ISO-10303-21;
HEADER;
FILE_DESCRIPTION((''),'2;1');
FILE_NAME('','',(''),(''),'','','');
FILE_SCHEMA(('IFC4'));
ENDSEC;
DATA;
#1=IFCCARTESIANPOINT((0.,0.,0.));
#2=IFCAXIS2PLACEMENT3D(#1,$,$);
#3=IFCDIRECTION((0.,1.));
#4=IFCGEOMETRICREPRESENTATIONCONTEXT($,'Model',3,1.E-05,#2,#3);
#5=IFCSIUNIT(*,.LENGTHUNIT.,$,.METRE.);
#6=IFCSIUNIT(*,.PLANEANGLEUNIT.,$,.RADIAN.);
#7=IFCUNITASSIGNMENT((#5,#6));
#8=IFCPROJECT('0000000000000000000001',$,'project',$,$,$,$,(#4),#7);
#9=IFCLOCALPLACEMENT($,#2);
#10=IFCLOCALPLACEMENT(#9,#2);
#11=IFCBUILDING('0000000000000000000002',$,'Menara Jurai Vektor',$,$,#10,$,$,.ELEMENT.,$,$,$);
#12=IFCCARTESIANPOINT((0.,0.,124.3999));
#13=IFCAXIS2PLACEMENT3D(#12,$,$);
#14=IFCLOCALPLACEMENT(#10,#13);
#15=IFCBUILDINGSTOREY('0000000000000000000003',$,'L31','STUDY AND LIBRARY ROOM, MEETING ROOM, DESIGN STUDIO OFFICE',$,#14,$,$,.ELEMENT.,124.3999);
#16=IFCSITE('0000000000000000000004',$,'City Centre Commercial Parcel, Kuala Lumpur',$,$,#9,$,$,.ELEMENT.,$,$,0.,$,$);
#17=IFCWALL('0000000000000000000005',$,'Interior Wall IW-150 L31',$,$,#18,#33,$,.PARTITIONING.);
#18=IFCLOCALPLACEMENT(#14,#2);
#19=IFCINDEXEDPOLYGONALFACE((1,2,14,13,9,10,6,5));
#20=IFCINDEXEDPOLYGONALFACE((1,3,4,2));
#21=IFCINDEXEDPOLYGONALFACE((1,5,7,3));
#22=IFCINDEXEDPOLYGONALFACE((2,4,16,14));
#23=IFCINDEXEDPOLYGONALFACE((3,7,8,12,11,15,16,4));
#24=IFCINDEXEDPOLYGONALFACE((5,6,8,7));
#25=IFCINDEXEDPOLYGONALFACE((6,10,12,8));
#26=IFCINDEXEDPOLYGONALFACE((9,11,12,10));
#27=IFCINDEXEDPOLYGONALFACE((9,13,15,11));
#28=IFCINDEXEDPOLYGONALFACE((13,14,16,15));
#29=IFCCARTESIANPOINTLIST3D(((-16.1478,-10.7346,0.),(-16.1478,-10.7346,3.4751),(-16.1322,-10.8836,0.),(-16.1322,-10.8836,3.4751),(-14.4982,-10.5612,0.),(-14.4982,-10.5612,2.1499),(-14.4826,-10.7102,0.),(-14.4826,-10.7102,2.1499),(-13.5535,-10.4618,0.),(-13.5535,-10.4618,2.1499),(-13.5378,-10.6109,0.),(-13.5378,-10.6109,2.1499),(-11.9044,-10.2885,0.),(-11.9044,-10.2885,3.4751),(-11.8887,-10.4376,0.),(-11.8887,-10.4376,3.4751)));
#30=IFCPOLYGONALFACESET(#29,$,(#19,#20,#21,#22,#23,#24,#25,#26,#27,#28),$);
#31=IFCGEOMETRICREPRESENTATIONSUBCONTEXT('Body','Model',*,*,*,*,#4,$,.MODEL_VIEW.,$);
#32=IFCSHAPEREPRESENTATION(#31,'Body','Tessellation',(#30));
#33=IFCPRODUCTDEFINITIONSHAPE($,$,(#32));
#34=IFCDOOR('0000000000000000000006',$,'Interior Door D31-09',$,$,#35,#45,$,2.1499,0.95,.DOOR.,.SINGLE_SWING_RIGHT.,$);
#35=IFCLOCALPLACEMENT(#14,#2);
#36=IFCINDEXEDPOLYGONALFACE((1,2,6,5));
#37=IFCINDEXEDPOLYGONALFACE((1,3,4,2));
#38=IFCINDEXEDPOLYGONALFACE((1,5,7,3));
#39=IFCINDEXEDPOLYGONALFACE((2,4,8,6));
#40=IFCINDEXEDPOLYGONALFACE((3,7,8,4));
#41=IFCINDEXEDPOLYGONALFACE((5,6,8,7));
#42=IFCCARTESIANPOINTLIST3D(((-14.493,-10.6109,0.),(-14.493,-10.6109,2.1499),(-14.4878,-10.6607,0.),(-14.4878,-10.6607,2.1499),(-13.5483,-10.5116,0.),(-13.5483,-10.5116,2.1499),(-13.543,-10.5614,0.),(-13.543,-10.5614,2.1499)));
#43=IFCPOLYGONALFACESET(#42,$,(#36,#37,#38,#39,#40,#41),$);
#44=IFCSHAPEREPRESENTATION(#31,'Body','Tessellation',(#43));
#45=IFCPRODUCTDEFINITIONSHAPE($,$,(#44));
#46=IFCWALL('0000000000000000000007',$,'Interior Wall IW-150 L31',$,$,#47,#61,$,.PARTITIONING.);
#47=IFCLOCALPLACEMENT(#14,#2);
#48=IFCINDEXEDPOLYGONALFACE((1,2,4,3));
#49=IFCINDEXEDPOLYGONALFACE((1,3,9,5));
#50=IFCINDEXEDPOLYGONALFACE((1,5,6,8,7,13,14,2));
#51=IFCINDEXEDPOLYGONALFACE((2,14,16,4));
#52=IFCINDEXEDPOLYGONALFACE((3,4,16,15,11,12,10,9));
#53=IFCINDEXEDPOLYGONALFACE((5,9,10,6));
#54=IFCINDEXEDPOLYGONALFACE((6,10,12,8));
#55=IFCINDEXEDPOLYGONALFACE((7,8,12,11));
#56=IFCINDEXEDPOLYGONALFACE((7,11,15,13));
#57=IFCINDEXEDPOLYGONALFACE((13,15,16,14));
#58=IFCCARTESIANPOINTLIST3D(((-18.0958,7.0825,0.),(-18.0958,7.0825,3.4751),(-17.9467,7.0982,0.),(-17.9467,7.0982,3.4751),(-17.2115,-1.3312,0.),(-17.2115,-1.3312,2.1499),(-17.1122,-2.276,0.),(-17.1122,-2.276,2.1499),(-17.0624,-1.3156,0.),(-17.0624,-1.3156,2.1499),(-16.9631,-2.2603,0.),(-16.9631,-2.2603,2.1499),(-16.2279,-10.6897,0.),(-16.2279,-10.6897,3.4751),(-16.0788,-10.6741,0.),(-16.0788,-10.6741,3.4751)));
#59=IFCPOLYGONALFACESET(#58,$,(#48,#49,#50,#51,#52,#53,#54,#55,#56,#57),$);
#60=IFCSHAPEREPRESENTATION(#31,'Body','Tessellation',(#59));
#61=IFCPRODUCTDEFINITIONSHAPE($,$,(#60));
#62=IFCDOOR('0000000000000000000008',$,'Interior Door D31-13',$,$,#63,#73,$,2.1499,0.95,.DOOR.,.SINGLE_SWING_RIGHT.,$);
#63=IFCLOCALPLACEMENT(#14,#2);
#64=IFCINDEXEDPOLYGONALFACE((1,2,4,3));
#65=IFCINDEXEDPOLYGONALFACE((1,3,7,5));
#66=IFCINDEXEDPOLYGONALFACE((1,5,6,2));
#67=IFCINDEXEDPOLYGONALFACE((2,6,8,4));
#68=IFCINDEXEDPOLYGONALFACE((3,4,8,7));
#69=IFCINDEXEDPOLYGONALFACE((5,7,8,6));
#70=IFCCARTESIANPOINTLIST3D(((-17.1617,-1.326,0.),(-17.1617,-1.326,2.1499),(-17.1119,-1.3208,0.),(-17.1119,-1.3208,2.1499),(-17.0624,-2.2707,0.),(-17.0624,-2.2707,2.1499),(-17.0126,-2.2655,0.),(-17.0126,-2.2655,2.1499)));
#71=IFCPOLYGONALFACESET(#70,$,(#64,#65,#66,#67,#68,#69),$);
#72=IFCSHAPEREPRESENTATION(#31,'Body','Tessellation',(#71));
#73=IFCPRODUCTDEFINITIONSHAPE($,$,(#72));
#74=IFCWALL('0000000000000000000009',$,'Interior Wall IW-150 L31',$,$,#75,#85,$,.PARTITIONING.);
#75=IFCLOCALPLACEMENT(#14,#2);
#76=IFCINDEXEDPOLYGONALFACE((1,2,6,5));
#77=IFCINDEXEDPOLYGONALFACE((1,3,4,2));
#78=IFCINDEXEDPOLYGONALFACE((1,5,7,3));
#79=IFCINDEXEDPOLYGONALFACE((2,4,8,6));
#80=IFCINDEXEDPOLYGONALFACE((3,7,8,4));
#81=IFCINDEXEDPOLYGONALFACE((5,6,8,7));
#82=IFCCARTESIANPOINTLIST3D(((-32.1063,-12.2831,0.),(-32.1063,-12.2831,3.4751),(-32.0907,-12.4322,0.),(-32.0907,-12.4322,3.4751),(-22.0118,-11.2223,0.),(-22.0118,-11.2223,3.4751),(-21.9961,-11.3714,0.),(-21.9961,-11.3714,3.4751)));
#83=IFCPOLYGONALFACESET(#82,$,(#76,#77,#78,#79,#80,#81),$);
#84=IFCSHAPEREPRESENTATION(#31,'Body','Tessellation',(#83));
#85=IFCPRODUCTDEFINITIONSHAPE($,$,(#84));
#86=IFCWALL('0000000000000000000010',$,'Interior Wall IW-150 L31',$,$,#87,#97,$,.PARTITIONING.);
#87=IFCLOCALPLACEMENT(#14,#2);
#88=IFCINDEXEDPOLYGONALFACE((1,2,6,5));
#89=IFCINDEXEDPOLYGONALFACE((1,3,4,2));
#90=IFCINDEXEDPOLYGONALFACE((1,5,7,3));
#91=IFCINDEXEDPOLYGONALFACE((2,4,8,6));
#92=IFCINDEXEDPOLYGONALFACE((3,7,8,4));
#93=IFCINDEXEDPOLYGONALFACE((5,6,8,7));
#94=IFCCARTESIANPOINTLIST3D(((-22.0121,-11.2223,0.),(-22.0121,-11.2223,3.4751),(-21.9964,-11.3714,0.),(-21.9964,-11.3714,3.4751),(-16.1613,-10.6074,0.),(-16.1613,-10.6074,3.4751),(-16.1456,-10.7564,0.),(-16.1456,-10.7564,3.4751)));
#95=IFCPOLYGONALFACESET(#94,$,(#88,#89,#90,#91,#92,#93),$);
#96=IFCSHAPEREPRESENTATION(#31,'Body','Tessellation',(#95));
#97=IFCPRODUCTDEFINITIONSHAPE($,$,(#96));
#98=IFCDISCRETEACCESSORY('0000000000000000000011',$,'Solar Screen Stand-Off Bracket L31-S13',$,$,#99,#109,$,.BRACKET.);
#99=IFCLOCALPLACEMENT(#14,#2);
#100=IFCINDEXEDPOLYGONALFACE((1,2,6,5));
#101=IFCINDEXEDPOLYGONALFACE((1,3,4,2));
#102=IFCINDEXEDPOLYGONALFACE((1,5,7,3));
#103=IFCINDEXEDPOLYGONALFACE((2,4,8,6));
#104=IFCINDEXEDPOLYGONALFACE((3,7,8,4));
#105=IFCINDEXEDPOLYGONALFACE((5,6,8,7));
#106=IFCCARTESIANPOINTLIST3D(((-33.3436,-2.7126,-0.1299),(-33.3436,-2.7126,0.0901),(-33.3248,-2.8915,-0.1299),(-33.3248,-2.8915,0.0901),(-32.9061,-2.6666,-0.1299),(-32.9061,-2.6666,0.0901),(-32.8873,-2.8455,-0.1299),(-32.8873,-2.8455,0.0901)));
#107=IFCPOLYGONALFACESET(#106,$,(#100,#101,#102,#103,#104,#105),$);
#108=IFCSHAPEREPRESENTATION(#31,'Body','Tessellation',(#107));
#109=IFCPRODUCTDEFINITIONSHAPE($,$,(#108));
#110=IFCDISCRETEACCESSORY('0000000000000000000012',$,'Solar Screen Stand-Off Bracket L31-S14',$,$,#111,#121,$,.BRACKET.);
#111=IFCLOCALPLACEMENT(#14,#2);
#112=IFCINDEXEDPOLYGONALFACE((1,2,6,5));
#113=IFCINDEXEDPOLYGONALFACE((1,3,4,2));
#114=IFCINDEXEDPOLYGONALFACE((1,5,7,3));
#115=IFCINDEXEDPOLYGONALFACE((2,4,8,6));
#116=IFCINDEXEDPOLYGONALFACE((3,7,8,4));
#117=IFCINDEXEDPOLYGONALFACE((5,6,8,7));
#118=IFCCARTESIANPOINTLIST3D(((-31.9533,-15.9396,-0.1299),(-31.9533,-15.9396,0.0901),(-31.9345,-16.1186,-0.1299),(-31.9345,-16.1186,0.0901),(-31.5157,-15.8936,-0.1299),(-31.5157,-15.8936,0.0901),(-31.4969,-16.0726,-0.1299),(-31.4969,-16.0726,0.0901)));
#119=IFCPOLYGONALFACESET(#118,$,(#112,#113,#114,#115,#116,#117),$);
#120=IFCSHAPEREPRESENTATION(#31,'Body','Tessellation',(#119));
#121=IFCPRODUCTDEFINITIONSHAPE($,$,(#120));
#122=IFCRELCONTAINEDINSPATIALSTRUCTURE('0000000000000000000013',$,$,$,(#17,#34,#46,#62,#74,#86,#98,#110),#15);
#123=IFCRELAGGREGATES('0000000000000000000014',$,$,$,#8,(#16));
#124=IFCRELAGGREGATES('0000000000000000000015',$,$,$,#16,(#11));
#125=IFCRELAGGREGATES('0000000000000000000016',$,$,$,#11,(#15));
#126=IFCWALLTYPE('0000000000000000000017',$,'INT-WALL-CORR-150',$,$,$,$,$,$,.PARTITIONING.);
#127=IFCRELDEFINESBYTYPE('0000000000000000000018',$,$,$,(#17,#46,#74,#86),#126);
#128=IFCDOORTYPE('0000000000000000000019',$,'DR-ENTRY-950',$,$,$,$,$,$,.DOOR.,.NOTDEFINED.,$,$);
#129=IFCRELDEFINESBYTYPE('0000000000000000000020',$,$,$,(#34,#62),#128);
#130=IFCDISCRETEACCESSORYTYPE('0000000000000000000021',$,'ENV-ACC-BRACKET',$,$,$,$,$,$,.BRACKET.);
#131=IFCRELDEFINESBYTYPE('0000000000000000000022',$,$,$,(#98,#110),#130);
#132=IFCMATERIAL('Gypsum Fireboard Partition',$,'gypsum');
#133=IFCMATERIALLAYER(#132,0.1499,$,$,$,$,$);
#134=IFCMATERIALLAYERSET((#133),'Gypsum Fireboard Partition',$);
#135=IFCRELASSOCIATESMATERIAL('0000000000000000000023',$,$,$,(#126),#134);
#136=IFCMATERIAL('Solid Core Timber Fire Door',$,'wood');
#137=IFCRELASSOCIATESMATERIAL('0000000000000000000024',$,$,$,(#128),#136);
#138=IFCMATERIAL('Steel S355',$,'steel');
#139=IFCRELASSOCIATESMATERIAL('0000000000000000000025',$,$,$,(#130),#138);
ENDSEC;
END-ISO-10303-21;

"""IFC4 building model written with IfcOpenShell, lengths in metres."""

from ifc_helpers import new_model, si_unit, direction, frame, frame_2d, origin, origin_2d, place, context, subcontext, project, spatial, rectangle, extrude, material, layer, layer_set, type_object, element, fill, save


model = new_model("IFC4")

# Units and contexts
model_context = context("Model", 3, precision=1e-05, world=origin(), true_north=direction((0.0, 1.0)))
body_context = subcontext(model_context, "Body", "Model", "MODEL_VIEW")
ifc_project = project(units=[si_unit("LENGTHUNIT", "METRE"), si_unit("PLANEANGLEUNIT", "RADIAN")], contexts=[model_context])

# Site, building, storey
site_placement = place(None, origin())
site = spatial("IfcSite", under=ifc_project, at=site_placement, Name="City Centre Commercial Parcel, Kuala Lumpur", CompositionType="ELEMENT", RefElevation=0.0)
building_placement = place(site_placement, origin())
building = spatial("IfcBuilding", under=site, at=building_placement, Name="Menara Jurai Vektor", CompositionType="ELEMENT")
storey_placement = place(building_placement, frame((0.0, 0.0, 124.3999)))
storey = spatial("IfcBuildingStorey", under=building, at=storey_placement, Name="L31", Description="STUDY AND LIBRARY ROOM, MEETING ROOM, DESIGN STUDIO OFFICE", CompositionType="ELEMENT", Elevation=124.3999)

# Shared definitions
ifc_material_1 = material(Name="Steel S355", Category="steel")

# Walls, openings, doors
ifc_material_2 = material(Name="Gypsum Fireboard Partition", Category="gypsum")
ifc_layer_1 = layer(ifc_material_2, 0.1499)
ifc_layer_set_1 = layer_set([ifc_layer_1], Name="Gypsum Fireboard Partition")
wall_type = type_object("IfcWallType", Name="INT-WALL-CORR-150", PredefinedType="PARTITIONING", material=ifc_layer_set_1)
wall_1_placement = place(storey_placement, frame((-16.1399, -10.8091, 0.0), z_axis=(0.0, 0.0, 1.0), x_axis=(0.994521, 0.104539, 0.0)))
wall_1 = element("IfcWall", 1, at=wall_1_placement, inside=storey, type_object=wall_type, Name="Interior Wall IW-150 L31", PredefinedType="PARTITIONING", context=body_context, shape_type="SweptSolid", body=[
    extrude(rectangle(XDim=4.2668, YDim=0.1499, at=frame_2d((2.1333, 0.0))), origin(), (0.0, 0.0, 1.0), 3.4751),
])
opening_1_placement = place(wall_1_placement, frame((1.6584, 0.0, 0.0)))
opening_1 = element("IfcOpeningElement", 2, at=opening_1_placement, cuts=wall_1, PredefinedType="OPENING", context=body_context, shape_type="SweptSolid", body=[
    extrude(rectangle(XDim=0.95, YDim=2.1499, at=frame_2d((0.4751, 1.075))), frame((0.0, 0.085, 0.0), z_axis=(0.0, -1.0, 0.0), x_axis=(1.0, 0.0, 0.0)), (0.0, 0.0, 1.0), 0.1699),
])
ifc_material_3 = material(Name="Solid Core Timber Fire Door", Category="wood")
door_type = type_object("IfcDoorType", Name="DR-ENTRY-950", OperationType="NOTDEFINED", PredefinedType="DOOR", material=ifc_material_3)
door_1_placement = place(opening_1_placement, origin())
door_1 = element("IfcDoor", 3, at=door_1_placement, inside=storey, type_object=door_type, Name="Interior Door D31-09", OperationType="SINGLE_SWING_RIGHT", OverallHeight=2.1499, OverallWidth=0.95, PredefinedType="DOOR", context=body_context, shape_type="SweptSolid", body=[
    extrude(rectangle(XDim=0.95, YDim=2.1499, at=frame_2d((0.4751, 1.075))), frame((0.0, 0.0249, 0.0), z_axis=(0.0, -1.0, 0.0), x_axis=(1.0, 0.0, 0.0)), (0.0, 0.0, 1.0), 0.05),
])
fill(opening_1, door_1)
wall_2_placement = place(storey_placement, frame((-16.1533, -10.6819, 0.0), z_axis=(0.0, 0.0, 1.0), x_axis=(-0.104528, 0.994522, 0.0)))
wall_2 = element("IfcWall", 4, at=wall_2_placement, inside=storey, type_object=wall_type, Name="Interior Wall IW-150 L31", PredefinedType="PARTITIONING", context=body_context, shape_type="SweptSolid", body=[
    extrude(rectangle(XDim=17.8701, YDim=0.1499, at=frame_2d((8.9351, 0.0))), origin(), (0.0, 0.0, 1.0), 3.4751),
])
opening_2_placement = place(wall_2_placement, frame((8.46, 0.0, 0.0)))
opening_2 = element("IfcOpeningElement", 5, at=opening_2_placement, cuts=wall_2, PredefinedType="OPENING", context=body_context, shape_type="SweptSolid", body=[
    extrude(rectangle(XDim=0.95, YDim=2.1499, at=frame_2d((0.4751, 1.075))), frame((0.0, 0.085, 0.0), z_axis=(0.0, -1.0, 0.0), x_axis=(1.0, 0.0, 0.0)), (0.0, 0.0, 1.0), 0.1699),
])
door_2_placement = place(opening_2_placement, origin())
door_2 = element("IfcDoor", 6, at=door_2_placement, inside=storey, type_object=door_type, Name="Interior Door D31-13", OperationType="SINGLE_SWING_RIGHT", OverallHeight=2.1499, OverallWidth=0.95, PredefinedType="DOOR", context=body_context, shape_type="SweptSolid", body=[
    extrude(rectangle(XDim=0.95, YDim=2.1499, at=frame_2d((0.4751, 1.075))), frame((0.0, 0.0249, 0.0), z_axis=(0.0, -1.0, 0.0), x_axis=(1.0, 0.0, 0.0)), (0.0, 0.0, 1.0), 0.05),
])
fill(opening_2, door_2)

# Walls
wall_3_placement = place(storey_placement, frame((-32.0986, -12.3577, 0.0), z_axis=(0.0, 0.0, 1.0), x_axis=(0.994524, 0.104511, 0.0)))
element("IfcWall", 7, at=wall_3_placement, inside=storey, type_object=wall_type, Name="Interior Wall IW-150 L31", PredefinedType="PARTITIONING", context=body_context, shape_type="SweptSolid", body=[
    extrude(rectangle(XDim=10.1501, YDim=0.1499, at=frame_2d((5.0752, 0.0))), origin(), (0.0, 0.0, 1.0), 3.4751),
])
wall_4_placement = place(storey_placement, frame((-22.0042, -11.2969, 0.0), z_axis=(0.0, 0.0, 1.0), x_axis=(0.994521, 0.104536, 0.0)))
element("IfcWall", 8, at=wall_4_placement, inside=storey, type_object=wall_type, Name="Interior Wall IW-150 L31", PredefinedType="PARTITIONING", context=body_context, shape_type="SweptSolid", body=[
    extrude(rectangle(XDim=5.8831, YDim=0.1499, at=frame_2d((2.9414, 0.0))), origin(), (0.0, 0.0, 1.0), 3.4751),
])

# Discrete accessories
discrete_accessory_type = type_object("IfcDiscreteAccessoryType", Name="ENV-ACC-BRACKET", PredefinedType="BRACKET", material=ifc_material_1)
for number, where, z_axis, x_axis, name in (
    (9, (-33.1155, -2.7791, -0.1299), (0.0, 0.0, 1.0), (0.104528, -0.994522, 0.0), "Solar Screen Stand-Off Bracket L31-S13"),
    (10, (-31.7251, -16.0061, -0.1299), (0.0, 0.0, 1.0), (0.104528, -0.994522, 0.0), "Solar Screen Stand-Off Bracket L31-S14"),
):
    element("IfcDiscreteAccessory", number, at=place(storey_placement, frame(where, z_axis=z_axis, x_axis=x_axis)), inside=storey, type_object=discrete_accessory_type, Name=name, PredefinedType="BRACKET", context=body_context, shape_type="SweptSolid", body=[
        extrude(rectangle(XDim=0.1799, YDim=0.4399, at=origin_2d()), origin(), (0.0, 0.0, 1.0), 0.22),
    ])

save(model, "model.ifc")
